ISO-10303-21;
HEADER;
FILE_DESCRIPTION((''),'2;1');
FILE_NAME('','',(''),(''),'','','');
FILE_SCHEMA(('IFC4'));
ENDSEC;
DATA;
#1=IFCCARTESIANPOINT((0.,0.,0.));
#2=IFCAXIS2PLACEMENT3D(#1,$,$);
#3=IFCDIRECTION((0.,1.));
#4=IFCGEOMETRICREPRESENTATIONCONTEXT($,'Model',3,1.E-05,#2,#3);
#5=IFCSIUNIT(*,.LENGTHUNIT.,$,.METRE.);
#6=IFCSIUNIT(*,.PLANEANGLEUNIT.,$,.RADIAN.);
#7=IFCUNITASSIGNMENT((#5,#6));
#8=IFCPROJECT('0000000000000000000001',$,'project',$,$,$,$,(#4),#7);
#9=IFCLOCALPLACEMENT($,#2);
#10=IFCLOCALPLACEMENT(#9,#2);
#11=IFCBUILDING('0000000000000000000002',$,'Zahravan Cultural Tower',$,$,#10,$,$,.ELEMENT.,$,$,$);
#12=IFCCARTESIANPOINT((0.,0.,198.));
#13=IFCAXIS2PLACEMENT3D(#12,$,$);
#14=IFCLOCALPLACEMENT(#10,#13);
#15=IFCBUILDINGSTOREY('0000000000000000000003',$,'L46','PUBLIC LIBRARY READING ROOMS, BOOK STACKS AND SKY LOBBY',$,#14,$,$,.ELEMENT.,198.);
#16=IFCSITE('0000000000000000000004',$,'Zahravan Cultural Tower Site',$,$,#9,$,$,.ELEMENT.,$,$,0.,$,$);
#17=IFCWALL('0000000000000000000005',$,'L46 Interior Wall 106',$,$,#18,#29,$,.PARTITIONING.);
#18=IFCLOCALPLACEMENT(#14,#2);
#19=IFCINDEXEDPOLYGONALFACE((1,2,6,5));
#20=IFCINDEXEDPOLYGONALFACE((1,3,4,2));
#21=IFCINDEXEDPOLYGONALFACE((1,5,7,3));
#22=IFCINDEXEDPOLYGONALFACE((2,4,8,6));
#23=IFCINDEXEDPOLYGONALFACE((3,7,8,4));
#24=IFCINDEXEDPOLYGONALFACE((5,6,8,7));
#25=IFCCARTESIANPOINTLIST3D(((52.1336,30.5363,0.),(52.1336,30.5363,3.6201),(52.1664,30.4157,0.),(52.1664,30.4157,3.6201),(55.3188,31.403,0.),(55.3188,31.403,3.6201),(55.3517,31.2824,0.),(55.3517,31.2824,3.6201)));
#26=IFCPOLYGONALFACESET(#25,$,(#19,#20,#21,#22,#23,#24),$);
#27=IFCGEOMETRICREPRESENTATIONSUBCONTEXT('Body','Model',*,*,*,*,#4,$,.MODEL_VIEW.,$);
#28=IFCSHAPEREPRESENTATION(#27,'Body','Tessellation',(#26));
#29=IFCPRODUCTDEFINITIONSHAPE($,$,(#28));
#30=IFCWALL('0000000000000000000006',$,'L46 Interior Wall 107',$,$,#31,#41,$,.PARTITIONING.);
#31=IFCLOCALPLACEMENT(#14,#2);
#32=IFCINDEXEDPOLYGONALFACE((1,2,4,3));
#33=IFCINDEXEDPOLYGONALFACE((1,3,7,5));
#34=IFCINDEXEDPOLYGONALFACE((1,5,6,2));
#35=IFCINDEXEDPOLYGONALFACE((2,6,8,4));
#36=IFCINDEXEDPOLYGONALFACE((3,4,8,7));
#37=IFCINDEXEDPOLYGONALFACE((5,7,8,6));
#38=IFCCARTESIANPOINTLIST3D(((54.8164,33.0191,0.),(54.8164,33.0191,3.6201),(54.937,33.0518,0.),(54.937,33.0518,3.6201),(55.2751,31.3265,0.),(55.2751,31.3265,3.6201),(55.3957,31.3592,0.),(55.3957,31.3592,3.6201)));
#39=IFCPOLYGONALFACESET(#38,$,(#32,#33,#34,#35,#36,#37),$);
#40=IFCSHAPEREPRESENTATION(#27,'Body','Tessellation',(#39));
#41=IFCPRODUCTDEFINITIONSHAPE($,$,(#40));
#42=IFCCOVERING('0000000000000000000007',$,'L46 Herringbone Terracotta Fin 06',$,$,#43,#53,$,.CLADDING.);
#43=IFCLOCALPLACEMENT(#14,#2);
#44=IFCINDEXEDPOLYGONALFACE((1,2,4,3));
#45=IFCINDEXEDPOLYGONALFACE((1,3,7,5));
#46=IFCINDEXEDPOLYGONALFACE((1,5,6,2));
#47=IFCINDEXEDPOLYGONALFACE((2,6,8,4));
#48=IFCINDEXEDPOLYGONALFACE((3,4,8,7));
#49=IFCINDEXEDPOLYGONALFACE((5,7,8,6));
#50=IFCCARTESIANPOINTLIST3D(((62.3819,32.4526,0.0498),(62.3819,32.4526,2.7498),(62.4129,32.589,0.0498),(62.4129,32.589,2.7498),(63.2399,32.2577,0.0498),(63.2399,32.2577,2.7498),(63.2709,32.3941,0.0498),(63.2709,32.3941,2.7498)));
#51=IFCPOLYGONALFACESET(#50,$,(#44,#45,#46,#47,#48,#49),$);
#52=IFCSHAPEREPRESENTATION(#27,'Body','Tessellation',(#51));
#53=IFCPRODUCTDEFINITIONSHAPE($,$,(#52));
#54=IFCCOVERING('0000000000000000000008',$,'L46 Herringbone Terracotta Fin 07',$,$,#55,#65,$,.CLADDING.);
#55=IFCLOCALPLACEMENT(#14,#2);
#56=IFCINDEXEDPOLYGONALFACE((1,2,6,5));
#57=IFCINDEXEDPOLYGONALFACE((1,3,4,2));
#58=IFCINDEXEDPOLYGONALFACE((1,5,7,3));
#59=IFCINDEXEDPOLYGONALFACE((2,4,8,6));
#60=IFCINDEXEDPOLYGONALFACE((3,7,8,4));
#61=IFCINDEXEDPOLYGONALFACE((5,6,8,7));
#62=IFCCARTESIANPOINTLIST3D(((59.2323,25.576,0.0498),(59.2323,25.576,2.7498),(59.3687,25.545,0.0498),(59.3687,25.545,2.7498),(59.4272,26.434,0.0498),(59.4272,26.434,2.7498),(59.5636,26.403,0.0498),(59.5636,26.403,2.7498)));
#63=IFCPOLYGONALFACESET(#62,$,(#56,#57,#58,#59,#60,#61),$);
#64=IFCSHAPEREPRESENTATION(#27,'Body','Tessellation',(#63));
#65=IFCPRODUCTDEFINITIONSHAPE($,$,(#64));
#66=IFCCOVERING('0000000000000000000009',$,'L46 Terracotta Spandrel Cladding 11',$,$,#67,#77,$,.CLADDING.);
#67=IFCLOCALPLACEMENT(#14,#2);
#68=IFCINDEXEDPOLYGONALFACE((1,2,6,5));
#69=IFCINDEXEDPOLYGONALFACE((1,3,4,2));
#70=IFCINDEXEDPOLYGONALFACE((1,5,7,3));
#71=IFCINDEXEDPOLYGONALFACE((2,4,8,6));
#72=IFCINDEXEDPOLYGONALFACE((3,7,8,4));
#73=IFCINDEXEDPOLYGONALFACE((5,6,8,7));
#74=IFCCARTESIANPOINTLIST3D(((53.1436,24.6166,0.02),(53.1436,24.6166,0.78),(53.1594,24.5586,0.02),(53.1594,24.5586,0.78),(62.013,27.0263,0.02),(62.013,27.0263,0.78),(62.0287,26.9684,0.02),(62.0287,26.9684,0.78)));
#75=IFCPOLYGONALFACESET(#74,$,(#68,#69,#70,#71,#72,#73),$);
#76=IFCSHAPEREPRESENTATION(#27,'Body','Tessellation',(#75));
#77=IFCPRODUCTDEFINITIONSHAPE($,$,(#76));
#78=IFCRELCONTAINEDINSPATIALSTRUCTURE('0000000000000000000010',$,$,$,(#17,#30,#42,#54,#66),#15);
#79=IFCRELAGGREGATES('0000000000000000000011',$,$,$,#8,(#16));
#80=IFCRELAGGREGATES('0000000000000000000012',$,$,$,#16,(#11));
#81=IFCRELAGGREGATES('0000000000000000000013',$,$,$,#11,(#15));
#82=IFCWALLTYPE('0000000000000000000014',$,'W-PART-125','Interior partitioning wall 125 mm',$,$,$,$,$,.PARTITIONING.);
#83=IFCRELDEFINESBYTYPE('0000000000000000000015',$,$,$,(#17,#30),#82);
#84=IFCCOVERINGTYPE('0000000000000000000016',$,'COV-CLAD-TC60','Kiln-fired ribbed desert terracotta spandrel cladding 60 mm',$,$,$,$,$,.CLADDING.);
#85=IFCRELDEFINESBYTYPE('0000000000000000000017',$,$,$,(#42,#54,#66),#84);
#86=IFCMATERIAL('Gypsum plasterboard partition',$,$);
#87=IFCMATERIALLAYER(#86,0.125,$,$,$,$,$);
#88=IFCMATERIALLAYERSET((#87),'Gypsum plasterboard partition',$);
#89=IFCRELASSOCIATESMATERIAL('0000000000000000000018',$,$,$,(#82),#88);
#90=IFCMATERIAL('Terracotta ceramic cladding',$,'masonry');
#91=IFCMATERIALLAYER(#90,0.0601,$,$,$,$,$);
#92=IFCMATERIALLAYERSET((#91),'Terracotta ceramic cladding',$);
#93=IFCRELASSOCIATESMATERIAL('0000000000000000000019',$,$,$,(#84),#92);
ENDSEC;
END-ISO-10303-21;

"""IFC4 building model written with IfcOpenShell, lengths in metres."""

from ifc_helpers import new_model, si_unit, direction, frame, frame_2d, origin, origin_2d, place, context, subcontext, project, spatial, rectangle, extrude, source, transform, mapped, material, layer, layer_set, type_object, element, save


model = new_model("IFC4")

# Units and contexts
model_context = context("Model", 3, precision=1e-05, world=origin(), true_north=direction((0.0, 1.0)))
body_context = subcontext(model_context, "Body", "Model", "MODEL_VIEW")
ifc_project = project(units=[si_unit("LENGTHUNIT", "METRE"), si_unit("PLANEANGLEUNIT", "RADIAN")], contexts=[model_context])

# Site, building, storey
site_placement = place(None, origin())
site = spatial("IfcSite", under=ifc_project, at=site_placement, Name="Zahravan Cultural Tower Site", CompositionType="ELEMENT", RefElevation=0.0)
building_placement = place(site_placement, origin())
building = spatial("IfcBuilding", under=site, at=building_placement, Name="Zahravan Cultural Tower", CompositionType="ELEMENT")
storey_placement = place(building_placement, frame((0.0, 0.0, 198.0)))
storey = spatial("IfcBuildingStorey", under=building, at=storey_placement, Name="L46", Description="PUBLIC LIBRARY READING ROOMS, BOOK STACKS AND SKY LOBBY", CompositionType="ELEMENT", Elevation=198.0)

# Walls
ifc_material_1 = material(Name="Gypsum plasterboard partition")
ifc_layer_1 = layer(ifc_material_1, 0.125)
ifc_layer_set_1 = layer_set([ifc_layer_1], Name="Gypsum plasterboard partition")
wall_type_1 = type_object("IfcWallType", Name="W-PART-125", Description="Interior partitioning wall 125 mm", PredefinedType="PARTITIONING", material=ifc_layer_set_1)
shared_shape_1 = source(origin(), body_context, "Body", "SweptSolid", [
    extrude(rectangle(XDim=3.301, YDim=0.125, at=frame_2d((1.6504, 0.0))), origin(), (0.0, 0.0, 1.0), 3.6201),
])
wall_1_placement = place(storey_placement, frame((52.1501, 30.4761, 0.0), z_axis=(0.0, 0.0, 1.0), x_axis=(0.964919, 0.262548, 0.0)))
element("IfcWall", 1, at=wall_1_placement, inside=storey, type_object=wall_type_1, Name="L46 Interior Wall 106", PredefinedType="PARTITIONING", context=body_context, shape_type="MappedRepresentation", body=[
    mapped(shared_shape_1, transform((0.0, 0.0, 0.0), x_axis=(1.0, 0.0, 0.0), y_axis=(0.0, 1.0, 0.0), z_axis=(0.0, 0.0, 1.0), scale=1.0)),
])
shared_shape_2 = source(origin(), body_context, "Body", "SweptSolid", [
    extrude(rectangle(XDim=1.7537, YDim=0.125, at=frame_2d((0.877, 0.0))), origin(), (0.0, 0.0, 1.0), 3.6201),
])
wall_2_placement = place(storey_placement, frame((55.3354, 31.3428, 0.0), z_axis=(0.0, 0.0, 1.0), x_axis=(-0.261586, 0.96518, 0.0)))
element("IfcWall", 2, at=wall_2_placement, inside=storey, type_object=wall_type_1, Name="L46 Interior Wall 107", PredefinedType="PARTITIONING", context=body_context, shape_type="MappedRepresentation", body=[
    mapped(shared_shape_2, transform((0.0, 0.0, 0.0), x_axis=(1.0, 0.0, 0.0), y_axis=(0.0, 1.0, 0.0), z_axis=(0.0, 0.0, 1.0), scale=1.0)),
])

# Coverings
ifc_material_2 = material(Name="Terracotta ceramic cladding", Category="masonry")
ifc_layer_2 = layer(ifc_material_2, 0.0601)
ifc_layer_set_2 = layer_set([ifc_layer_2], Name="Terracotta ceramic cladding")
covering_type = type_object("IfcCoveringType", Name="COV-CLAD-TC60", Description="Kiln-fired ribbed desert terracotta spandrel cladding 60 mm", PredefinedType="CLADDING", material=ifc_layer_set_2)
shared_shape_3 = source(origin(), body_context, "Body", "SweptSolid", [
    extrude(rectangle(XDim=0.8799, YDim=0.1399, at=origin_2d()), origin(), (0.0, 0.0, 1.0), 2.7),
])
for number, where, z_axis, x_axis, name in (
    (3, (62.8264, 32.4233, 0.0498), (0.0, 0.0, 1.0), (0.975149, -0.221548, 0.0), "L46 Herringbone Terracotta Fin 06"),
    (4, (59.3979, 25.9895, 0.0498), (0.0, 0.0, 1.0), (-0.221548, -0.975149, 0.0), "L46 Herringbone Terracotta Fin 07"),
):
    element("IfcCovering", number, at=place(storey_placement, frame(where, z_axis=z_axis, x_axis=x_axis)), inside=storey, type_object=covering_type, Name=name, PredefinedType="CLADDING", context=body_context, shape_type="MappedRepresentation", body=[
        mapped(shared_shape_3, transform((0.0, 0.0, 0.0), x_axis=(1.0, 0.0, 0.0), y_axis=(0.0, 1.0, 0.0), z_axis=(0.0, 0.0, 1.0), scale=1.0)),
    ])
shared_shape_4 = source(origin(), body_context, "Body", "SweptSolid", [
    extrude(rectangle(XDim=9.1909, YDim=0.0601, at=origin_2d()), origin(), (0.0, 0.0, 1.0), 0.76),
])
covering_placement = place(storey_placement, frame((57.5862, 25.7925, 0.02), z_axis=(0.0, 0.0, 1.0), x_axis=(-0.965016, -0.262189, 0.0)))
element("IfcCovering", 5, at=covering_placement, inside=storey, type_object=covering_type, Name="L46 Terracotta Spandrel Cladding 11", PredefinedType="CLADDING", context=body_context, shape_type="MappedRepresentation", body=[
    mapped(shared_shape_4, transform((0.0, 0.0, 0.0), x_axis=(1.0, 0.0, 0.0), y_axis=(0.0, 1.0, 0.0), z_axis=(0.0, 0.0, 1.0), scale=1.0)),
])

save(model, "model.ifc")
